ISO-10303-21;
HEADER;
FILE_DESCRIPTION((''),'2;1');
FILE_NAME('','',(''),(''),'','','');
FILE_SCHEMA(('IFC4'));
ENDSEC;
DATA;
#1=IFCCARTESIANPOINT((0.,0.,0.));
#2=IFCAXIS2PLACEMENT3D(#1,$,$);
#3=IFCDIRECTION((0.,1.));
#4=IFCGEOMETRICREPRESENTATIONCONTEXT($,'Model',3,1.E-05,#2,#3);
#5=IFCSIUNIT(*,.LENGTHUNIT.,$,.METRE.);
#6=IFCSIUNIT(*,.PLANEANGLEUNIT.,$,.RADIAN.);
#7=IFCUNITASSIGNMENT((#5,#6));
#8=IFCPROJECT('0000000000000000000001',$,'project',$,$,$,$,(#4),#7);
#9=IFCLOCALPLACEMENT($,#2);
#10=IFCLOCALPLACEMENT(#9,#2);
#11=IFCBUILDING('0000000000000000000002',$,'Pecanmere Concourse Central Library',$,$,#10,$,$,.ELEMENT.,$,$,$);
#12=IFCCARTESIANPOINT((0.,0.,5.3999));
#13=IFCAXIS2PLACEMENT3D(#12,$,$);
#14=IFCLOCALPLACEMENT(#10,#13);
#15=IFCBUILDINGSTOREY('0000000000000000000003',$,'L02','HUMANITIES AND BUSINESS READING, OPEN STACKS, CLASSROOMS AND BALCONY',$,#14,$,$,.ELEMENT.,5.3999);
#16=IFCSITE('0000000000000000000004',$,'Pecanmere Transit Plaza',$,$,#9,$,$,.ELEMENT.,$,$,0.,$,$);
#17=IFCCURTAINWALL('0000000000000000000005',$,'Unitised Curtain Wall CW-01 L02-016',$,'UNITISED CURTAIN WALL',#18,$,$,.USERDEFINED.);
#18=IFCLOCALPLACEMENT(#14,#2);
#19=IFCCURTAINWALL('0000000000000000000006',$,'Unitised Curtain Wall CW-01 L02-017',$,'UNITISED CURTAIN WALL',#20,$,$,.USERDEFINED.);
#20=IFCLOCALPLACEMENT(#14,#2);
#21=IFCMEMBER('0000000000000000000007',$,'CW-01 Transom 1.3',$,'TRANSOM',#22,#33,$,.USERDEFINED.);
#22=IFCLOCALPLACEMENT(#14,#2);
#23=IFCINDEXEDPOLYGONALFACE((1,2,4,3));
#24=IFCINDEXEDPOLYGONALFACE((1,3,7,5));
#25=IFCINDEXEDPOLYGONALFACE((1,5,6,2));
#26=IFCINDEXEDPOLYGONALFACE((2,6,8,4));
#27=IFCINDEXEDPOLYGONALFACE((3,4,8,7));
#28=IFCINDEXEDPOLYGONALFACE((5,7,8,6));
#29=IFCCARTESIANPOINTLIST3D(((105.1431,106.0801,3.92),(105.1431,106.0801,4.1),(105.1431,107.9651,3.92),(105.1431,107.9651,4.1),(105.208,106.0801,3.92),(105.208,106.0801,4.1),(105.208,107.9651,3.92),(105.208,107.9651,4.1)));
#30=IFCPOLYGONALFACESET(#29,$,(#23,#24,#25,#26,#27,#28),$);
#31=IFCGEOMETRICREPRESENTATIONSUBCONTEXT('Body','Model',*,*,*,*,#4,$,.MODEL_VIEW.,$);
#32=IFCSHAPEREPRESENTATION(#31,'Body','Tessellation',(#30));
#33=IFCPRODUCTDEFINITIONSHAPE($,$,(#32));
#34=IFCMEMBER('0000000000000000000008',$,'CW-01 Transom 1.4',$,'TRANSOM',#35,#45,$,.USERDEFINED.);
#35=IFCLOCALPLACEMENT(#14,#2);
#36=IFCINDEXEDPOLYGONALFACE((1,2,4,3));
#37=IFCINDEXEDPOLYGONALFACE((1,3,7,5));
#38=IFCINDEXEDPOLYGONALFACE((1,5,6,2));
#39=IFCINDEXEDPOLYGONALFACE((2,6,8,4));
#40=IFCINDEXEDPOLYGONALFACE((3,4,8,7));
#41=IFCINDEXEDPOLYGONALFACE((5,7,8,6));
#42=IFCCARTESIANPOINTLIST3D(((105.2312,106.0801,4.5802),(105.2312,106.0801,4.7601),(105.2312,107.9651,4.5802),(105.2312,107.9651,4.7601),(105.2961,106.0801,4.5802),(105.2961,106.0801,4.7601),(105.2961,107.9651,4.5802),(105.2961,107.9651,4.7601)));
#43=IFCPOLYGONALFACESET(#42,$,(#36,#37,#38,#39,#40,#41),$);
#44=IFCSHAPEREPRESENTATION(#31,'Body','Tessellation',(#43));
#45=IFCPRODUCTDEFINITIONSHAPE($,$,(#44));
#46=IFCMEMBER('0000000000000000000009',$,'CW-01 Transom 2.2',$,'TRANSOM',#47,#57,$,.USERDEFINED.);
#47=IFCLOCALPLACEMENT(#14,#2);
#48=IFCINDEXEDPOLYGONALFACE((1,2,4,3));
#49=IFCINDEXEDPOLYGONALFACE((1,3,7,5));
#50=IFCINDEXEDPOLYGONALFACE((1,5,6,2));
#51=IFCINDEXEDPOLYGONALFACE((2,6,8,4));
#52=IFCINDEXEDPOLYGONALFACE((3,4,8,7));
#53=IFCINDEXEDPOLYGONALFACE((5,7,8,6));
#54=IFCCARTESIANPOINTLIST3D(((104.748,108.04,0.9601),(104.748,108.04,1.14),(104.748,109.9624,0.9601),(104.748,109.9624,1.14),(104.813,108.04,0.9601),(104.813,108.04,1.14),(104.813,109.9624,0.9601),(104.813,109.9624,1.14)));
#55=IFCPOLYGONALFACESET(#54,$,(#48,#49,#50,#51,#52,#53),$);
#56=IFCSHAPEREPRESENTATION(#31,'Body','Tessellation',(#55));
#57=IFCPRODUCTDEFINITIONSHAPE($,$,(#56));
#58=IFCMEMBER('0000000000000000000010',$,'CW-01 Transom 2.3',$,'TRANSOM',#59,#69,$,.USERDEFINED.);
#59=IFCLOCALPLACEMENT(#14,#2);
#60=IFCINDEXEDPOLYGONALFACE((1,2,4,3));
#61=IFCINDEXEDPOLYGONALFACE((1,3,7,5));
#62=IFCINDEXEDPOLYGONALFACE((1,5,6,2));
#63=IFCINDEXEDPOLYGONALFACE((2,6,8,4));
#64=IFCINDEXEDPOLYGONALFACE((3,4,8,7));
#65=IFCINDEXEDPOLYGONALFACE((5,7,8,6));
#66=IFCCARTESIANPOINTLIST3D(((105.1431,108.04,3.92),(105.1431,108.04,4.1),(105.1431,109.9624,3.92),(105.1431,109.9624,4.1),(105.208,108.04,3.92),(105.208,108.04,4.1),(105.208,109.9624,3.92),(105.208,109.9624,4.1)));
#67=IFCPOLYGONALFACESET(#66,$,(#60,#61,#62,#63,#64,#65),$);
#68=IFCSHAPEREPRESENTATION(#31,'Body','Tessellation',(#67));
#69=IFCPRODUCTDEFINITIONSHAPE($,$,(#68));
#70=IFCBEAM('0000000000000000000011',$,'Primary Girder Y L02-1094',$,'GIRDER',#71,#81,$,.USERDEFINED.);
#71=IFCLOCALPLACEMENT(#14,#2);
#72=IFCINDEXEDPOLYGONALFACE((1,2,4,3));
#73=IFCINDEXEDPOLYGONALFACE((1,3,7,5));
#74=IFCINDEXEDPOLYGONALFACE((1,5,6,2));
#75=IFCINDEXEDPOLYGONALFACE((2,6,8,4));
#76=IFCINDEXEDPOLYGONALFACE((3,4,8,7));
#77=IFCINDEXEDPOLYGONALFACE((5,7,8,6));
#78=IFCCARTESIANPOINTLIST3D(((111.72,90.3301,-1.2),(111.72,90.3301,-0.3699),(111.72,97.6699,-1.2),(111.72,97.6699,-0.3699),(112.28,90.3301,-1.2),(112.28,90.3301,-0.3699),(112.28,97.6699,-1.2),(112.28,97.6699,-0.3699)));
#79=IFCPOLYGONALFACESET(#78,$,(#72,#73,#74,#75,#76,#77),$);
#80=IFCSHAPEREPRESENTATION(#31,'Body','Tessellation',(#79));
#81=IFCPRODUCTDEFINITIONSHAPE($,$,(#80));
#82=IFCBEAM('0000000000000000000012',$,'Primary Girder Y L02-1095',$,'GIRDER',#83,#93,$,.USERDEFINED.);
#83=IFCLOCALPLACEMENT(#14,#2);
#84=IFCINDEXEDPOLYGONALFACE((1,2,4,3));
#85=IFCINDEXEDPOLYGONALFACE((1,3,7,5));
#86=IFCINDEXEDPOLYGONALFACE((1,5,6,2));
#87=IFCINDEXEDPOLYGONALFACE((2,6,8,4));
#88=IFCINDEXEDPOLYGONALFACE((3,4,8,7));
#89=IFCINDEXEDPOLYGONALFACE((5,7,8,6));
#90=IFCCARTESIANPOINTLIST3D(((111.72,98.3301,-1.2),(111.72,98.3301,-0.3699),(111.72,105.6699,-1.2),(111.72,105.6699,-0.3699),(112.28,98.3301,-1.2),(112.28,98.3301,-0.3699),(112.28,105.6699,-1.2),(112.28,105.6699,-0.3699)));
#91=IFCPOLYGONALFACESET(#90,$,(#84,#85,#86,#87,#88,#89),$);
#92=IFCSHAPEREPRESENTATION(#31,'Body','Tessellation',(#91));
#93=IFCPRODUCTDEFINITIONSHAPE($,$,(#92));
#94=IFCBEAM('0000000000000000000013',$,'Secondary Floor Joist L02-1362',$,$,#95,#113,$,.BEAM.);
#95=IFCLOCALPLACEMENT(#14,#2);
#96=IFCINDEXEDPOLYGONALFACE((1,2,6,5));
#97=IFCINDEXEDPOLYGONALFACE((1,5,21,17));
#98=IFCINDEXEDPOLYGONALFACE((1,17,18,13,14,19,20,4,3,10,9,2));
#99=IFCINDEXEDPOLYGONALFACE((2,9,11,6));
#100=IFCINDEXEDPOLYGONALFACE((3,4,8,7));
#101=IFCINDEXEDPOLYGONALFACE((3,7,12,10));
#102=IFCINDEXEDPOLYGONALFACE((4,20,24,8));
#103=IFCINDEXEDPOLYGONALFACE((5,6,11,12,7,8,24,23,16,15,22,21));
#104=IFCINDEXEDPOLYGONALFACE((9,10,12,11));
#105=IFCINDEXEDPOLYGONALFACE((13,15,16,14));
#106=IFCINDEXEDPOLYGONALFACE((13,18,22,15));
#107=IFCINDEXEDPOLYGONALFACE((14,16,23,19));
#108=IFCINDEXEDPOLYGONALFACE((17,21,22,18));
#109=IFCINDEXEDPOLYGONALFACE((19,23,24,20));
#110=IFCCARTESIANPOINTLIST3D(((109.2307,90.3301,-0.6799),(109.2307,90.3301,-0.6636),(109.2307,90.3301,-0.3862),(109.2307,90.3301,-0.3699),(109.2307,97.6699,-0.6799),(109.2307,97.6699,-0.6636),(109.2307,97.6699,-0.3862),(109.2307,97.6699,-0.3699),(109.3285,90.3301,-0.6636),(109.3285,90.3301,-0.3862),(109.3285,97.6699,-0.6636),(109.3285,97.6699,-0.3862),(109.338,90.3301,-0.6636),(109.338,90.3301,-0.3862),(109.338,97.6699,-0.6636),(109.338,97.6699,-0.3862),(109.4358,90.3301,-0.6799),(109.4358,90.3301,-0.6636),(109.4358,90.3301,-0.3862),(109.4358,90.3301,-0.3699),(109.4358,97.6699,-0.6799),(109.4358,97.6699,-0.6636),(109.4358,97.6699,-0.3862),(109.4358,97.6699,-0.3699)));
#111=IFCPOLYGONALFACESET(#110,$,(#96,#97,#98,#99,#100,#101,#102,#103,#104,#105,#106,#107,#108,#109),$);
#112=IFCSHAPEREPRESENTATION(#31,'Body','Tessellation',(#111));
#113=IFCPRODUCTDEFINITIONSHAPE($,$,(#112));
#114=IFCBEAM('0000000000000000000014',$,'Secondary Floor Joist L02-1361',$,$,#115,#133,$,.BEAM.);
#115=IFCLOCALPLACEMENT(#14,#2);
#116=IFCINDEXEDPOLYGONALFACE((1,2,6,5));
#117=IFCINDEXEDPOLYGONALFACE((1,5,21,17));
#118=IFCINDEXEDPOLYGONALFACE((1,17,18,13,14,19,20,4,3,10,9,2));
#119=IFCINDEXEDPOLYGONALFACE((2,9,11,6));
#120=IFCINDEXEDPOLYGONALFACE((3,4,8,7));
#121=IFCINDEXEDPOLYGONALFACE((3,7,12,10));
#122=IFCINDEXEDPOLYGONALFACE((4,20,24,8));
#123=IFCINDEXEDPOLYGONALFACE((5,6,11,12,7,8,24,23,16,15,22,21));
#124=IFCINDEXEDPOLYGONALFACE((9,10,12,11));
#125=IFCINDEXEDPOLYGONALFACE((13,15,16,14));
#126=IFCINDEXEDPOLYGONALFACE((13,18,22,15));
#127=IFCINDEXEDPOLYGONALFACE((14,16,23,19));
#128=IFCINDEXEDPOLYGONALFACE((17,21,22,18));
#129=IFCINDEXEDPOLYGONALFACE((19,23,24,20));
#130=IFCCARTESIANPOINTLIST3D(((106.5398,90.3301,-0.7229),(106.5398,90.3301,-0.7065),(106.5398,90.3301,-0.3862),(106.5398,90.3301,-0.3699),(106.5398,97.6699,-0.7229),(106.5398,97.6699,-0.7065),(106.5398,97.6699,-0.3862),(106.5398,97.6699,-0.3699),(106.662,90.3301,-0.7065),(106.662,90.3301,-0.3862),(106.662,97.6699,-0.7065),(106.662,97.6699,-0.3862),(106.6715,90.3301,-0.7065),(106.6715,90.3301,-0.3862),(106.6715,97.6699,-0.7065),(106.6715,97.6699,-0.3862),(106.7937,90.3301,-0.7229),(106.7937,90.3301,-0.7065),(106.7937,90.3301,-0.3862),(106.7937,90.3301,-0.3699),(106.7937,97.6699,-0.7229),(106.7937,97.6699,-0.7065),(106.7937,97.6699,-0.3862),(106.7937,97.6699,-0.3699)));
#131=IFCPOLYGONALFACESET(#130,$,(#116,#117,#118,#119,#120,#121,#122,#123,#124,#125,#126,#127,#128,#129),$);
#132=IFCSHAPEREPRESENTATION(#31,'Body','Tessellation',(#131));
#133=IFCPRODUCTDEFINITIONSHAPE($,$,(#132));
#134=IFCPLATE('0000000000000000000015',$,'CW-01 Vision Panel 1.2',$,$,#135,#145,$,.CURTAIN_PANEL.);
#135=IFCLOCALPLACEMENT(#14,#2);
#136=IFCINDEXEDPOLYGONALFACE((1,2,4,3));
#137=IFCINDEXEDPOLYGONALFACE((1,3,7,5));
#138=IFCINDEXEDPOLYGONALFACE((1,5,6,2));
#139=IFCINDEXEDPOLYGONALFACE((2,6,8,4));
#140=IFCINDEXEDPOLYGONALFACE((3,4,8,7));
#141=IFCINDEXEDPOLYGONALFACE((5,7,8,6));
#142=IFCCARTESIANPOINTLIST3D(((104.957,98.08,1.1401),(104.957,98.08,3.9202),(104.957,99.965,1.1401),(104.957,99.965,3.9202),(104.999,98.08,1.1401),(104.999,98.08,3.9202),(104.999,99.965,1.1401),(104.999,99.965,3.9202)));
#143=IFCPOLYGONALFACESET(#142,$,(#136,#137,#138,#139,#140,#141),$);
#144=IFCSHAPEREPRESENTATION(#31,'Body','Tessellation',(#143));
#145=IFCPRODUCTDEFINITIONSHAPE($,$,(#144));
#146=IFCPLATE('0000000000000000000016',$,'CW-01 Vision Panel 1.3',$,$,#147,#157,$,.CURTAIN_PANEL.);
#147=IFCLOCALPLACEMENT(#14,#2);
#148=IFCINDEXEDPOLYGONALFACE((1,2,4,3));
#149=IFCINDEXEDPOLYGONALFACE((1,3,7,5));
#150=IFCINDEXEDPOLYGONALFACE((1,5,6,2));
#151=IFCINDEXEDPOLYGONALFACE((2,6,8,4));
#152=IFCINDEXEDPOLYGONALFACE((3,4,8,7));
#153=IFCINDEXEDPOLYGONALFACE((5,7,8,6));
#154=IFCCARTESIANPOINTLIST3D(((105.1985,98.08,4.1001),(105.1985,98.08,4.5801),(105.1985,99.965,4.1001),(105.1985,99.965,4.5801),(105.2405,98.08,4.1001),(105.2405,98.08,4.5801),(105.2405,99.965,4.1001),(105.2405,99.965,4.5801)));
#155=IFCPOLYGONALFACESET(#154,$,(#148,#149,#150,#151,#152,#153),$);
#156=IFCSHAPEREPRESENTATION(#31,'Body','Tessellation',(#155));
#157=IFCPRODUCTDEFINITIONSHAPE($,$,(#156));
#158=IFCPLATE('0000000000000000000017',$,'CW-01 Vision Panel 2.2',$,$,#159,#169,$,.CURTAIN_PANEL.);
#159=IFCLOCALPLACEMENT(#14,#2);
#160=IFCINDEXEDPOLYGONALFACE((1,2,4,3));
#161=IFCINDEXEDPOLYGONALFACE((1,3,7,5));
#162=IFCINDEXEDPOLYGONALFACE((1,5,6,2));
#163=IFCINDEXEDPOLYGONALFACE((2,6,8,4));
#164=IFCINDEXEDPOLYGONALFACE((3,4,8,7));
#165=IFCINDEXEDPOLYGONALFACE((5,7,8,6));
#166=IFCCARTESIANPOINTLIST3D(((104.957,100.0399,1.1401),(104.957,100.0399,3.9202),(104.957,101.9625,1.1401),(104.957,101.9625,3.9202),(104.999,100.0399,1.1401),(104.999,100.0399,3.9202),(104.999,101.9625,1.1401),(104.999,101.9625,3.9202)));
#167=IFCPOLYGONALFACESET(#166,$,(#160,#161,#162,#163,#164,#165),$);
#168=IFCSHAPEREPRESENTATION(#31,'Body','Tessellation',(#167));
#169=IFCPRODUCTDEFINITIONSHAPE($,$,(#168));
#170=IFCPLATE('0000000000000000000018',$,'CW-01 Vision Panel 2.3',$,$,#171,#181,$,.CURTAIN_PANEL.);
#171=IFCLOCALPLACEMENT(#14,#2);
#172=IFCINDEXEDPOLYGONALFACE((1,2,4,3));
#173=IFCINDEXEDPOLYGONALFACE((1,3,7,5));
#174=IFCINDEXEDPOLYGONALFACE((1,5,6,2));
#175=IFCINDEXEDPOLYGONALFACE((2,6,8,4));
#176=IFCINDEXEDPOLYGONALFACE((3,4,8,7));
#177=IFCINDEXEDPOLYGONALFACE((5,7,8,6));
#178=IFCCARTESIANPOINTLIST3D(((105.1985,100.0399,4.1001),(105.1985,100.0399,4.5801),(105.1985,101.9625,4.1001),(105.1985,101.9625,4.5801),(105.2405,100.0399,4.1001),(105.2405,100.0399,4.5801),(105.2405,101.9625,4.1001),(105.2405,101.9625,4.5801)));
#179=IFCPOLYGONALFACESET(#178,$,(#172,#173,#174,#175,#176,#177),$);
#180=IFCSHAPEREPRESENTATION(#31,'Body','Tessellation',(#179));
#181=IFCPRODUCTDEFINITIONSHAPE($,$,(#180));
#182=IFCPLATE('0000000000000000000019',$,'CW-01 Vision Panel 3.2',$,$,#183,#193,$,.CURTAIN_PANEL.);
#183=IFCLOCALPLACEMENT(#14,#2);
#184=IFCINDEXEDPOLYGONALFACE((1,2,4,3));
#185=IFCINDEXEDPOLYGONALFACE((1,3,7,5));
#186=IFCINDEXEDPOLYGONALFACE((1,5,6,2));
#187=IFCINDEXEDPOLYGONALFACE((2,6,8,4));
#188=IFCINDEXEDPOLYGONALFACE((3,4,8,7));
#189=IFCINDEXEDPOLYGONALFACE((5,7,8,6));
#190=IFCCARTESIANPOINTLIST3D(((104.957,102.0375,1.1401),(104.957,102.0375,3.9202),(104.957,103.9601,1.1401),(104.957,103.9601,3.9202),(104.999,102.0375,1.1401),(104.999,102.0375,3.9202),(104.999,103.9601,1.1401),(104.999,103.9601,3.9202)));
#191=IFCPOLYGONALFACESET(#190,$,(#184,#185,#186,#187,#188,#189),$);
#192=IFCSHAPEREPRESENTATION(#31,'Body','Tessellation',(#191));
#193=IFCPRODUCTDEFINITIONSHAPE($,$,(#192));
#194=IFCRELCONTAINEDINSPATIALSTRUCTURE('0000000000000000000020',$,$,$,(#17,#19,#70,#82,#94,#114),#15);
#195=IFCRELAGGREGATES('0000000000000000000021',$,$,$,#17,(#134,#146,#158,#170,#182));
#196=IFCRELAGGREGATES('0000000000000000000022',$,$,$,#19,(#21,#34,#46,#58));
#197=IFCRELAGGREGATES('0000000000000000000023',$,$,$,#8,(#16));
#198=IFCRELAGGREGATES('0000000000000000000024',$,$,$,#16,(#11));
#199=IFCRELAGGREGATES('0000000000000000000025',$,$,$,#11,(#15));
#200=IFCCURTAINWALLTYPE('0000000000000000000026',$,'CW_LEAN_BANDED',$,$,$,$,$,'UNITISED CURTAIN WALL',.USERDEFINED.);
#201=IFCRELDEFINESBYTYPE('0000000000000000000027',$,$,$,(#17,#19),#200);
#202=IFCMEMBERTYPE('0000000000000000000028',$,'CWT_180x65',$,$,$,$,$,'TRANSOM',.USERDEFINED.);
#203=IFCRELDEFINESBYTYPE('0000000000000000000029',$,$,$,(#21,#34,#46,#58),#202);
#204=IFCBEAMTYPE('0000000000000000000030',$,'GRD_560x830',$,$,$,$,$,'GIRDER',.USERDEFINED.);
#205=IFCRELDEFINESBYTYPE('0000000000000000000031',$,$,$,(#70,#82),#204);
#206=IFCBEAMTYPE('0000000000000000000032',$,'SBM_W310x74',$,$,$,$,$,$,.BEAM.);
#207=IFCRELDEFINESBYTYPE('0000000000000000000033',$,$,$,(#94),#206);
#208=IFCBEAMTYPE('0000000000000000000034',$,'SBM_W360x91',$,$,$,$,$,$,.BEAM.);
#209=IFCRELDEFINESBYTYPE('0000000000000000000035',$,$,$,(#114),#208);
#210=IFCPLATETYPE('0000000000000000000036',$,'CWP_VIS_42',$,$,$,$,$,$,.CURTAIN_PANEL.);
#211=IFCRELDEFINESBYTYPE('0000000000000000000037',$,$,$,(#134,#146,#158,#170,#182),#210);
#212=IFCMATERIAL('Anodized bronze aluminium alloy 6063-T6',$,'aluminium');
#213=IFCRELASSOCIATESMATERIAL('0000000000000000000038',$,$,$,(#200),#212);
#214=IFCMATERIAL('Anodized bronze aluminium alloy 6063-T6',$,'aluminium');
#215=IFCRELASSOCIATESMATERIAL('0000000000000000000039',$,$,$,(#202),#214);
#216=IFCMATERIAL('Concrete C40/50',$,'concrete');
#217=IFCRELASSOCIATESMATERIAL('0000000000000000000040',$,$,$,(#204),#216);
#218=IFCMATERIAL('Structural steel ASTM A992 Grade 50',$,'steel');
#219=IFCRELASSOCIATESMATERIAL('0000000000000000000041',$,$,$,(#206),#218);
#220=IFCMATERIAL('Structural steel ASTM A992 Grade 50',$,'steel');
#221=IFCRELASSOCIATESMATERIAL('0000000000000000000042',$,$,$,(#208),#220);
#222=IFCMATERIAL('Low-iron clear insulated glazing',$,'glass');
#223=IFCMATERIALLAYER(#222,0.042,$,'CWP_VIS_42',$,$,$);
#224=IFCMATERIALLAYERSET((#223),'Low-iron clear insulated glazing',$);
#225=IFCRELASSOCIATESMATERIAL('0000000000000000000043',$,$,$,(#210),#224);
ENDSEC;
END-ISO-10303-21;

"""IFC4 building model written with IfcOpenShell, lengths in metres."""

from ifc_helpers import new_model, si_unit, direction, frame, origin, origin_2d, place, context, subcontext, project, spatial, rectangle, i_section, extrude, material, layer, layer_set, material_profile, profile_set, type_object, element, aggregate, save


model = new_model("IFC4")

# Units and contexts
model_context = context("Model", 3, precision=1e-05, world=origin(), true_north=direction((0.0, 1.0)))
body_context = subcontext(model_context, "Body", "Model", "MODEL_VIEW")
ifc_project = project(units=[si_unit("LENGTHUNIT", "METRE"), si_unit("PLANEANGLEUNIT", "RADIAN")], contexts=[model_context])

# Site, building, storey
site_placement = place(None, origin())
site = spatial("IfcSite", under=ifc_project, at=site_placement, Name="Pecanmere Transit Plaza", CompositionType="ELEMENT", RefElevation=0.0)
building_placement = place(site_placement, origin())
building = spatial("IfcBuilding", under=site, at=building_placement, Name="Pecanmere Concourse Central Library", CompositionType="ELEMENT")
storey_placement = place(building_placement, frame((0.0, 0.0, 5.3999)))
storey = spatial("IfcBuildingStorey", under=building, at=storey_placement, Name="L02", Description="HUMANITIES AND BUSINESS READING, OPEN STACKS, CLASSROOMS AND BALCONY", CompositionType="ELEMENT", Elevation=5.3999)

# Curtain walls, members
ifc_material_1 = material(Name="Anodized bronze aluminium alloy 6063-T6", Category="aluminium")
curtain_wall_type = type_object("IfcCurtainWallType", Name="CW_LEAN_BANDED", ElementType="UNITISED CURTAIN WALL", PredefinedType="USERDEFINED", material=ifc_material_1)
curtain_wall_1_placement = place(storey_placement, origin())
curtain_wall_1 = element("IfcCurtainWall", 1, at=curtain_wall_1_placement, inside=storey, type_object=curtain_wall_type, Name="Unitised Curtain Wall CW-01 L02-016", ObjectType="UNITISED CURTAIN WALL", PredefinedType="USERDEFINED")
ifc_material_2 = material(Name="Anodized bronze aluminium alloy 6063-T6", Category="aluminium")
ifc_material_profile_1 = material_profile(ifc_material_2, rectangle(XDim=0.0649, YDim=0.1799, at=origin_2d()), Name="AL 65x180")
ifc_profile_set_1 = profile_set([ifc_material_profile_1], Name="Anodized bronze aluminium alloy 6063-T6")
member_type = type_object("IfcMemberType", Name="CWT_180x65", ElementType="TRANSOM", PredefinedType="USERDEFINED", material=ifc_profile_set_1)
curtain_wall_2_placement = place(storey_placement, origin())
curtain_wall_2 = element("IfcCurtainWall", 2, at=curtain_wall_2_placement, inside=storey, type_object=curtain_wall_type, Name="Unitised Curtain Wall CW-01 L02-017", ObjectType="UNITISED CURTAIN WALL", PredefinedType="USERDEFINED")
member_1_placement = place(storey_placement, frame((105.1755, 106.0801, 4.01), z_axis=(0.0, 1.0, 0.0), x_axis=(-1.0, 0.0, 0.0)))
member_1 = element("IfcMember", 3, at=member_1_placement, type_object=member_type, Name="CW-01 Transom 1.3", ObjectType="TRANSOM", PredefinedType="USERDEFINED", context=body_context, shape_type="SweptSolid", body=[
    extrude(rectangle(XDim=0.0649, YDim=0.1799, at=origin_2d()), origin(), (0.0, 0.0, 1.0), 1.885),
])
member_2_placement = place(storey_placement, frame((105.2637, 106.0801, 4.6702), z_axis=(0.0, 1.0, 0.0), x_axis=(-1.0, 0.0, 0.0)))
member_2 = element("IfcMember", 4, at=member_2_placement, type_object=member_type, Name="CW-01 Transom 1.4", ObjectType="TRANSOM", PredefinedType="USERDEFINED", context=body_context, shape_type="SweptSolid", body=[
    extrude(rectangle(XDim=0.0649, YDim=0.1799, at=origin_2d()), origin(), (0.0, 0.0, 1.0), 1.885),
])
member_3_placement = place(storey_placement, frame((104.7805, 108.04, 1.05), z_axis=(0.0, 1.0, 0.0), x_axis=(-1.0, 0.0, 0.0)))
member_3 = element("IfcMember", 5, at=member_3_placement, type_object=member_type, Name="CW-01 Transom 2.2", ObjectType="TRANSOM", PredefinedType="USERDEFINED", context=body_context, shape_type="SweptSolid", body=[
    extrude(rectangle(XDim=0.0649, YDim=0.1799, at=origin_2d()), origin(), (0.0, 0.0, 1.0), 1.9224),
])
member_4_placement = place(storey_placement, frame((105.1755, 108.04, 4.01), z_axis=(0.0, 1.0, 0.0), x_axis=(-1.0, 0.0, 0.0)))
member_4 = element("IfcMember", 6, at=member_4_placement, type_object=member_type, Name="CW-01 Transom 2.3", ObjectType="TRANSOM", PredefinedType="USERDEFINED", context=body_context, shape_type="SweptSolid", body=[
    extrude(rectangle(XDim=0.0649, YDim=0.1799, at=origin_2d()), origin(), (0.0, 0.0, 1.0), 1.9224),
])

# Beams
ifc_material_3 = material(Name="Concrete C40/50", Category="concrete")
ifc_material_profile_2 = material_profile(ifc_material_3, rectangle(XDim=0.5601, YDim=0.8301, at=origin_2d()), Name="RC 560x830")
ifc_profile_set_2 = profile_set([ifc_material_profile_2], Name="Concrete C40/50")
beam_type_1 = type_object("IfcBeamType", Name="GRD_560x830", ElementType="GIRDER", PredefinedType="USERDEFINED", material=ifc_profile_set_2)
for number, where, z_axis, x_axis, name in (
    (7, (112.0, 90.3301, -0.7849), (0.0, 1.0, 0.0), (-1.0, 0.0, 0.0), "Primary Girder Y L02-1094"),
    (8, (112.0, 98.3301, -0.7849), (0.0, 1.0, 0.0), (-1.0, 0.0, 0.0), "Primary Girder Y L02-1095"),
):
    element("IfcBeam", number, at=place(storey_placement, frame(where, z_axis=z_axis, x_axis=x_axis)), inside=storey, type_object=beam_type_1, Name=name, ObjectType="GIRDER", PredefinedType="USERDEFINED", context=body_context, shape_type="SweptSolid", body=[
        extrude(rectangle(XDim=0.5601, YDim=0.8301, at=origin_2d()), origin(), (0.0, 0.0, 1.0), 7.3398),
    ])
ifc_material_4 = material(Name="Structural steel ASTM A992 Grade 50", Category="steel")
ifc_material_profile_3 = material_profile(ifc_material_4, i_section(OverallWidth=0.2051, OverallDepth=0.3101, WebThickness=0.0095, FlangeThickness=0.0164, at=origin_2d()), Name="W310x74")
ifc_profile_set_3 = profile_set([ifc_material_profile_3], Name="Structural steel ASTM A992 Grade 50")
beam_type_2 = type_object("IfcBeamType", Name="SBM_W310x74", PredefinedType="BEAM", material=ifc_profile_set_3)
beam_1_placement = place(storey_placement, frame((109.3333, 90.3301, -0.5249), z_axis=(0.0, 1.0, 0.0), x_axis=(-1.0, 0.0, 0.0)))
element("IfcBeam", 9, at=beam_1_placement, inside=storey, type_object=beam_type_2, Name="Secondary Floor Joist L02-1362", PredefinedType="BEAM", context=body_context, shape_type="SweptSolid", body=[
    extrude(i_section(OverallWidth=0.2051, OverallDepth=0.3101, WebThickness=0.0095, FlangeThickness=0.0164, at=origin_2d()), origin(), (0.0, 0.0, 1.0), 7.3398),
])
ifc_material_5 = material(Name="Structural steel ASTM A992 Grade 50", Category="steel")
ifc_material_profile_4 = material_profile(ifc_material_5, i_section(OverallWidth=0.2539, OverallDepth=0.353, WebThickness=0.0095, FlangeThickness=0.0164, at=origin_2d()), Name="W360x91")
ifc_profile_set_4 = profile_set([ifc_material_profile_4], Name="Structural steel ASTM A992 Grade 50")
beam_type_3 = type_object("IfcBeamType", Name="SBM_W360x91", PredefinedType="BEAM", material=ifc_profile_set_4)
beam_2_placement = place(storey_placement, frame((106.6667, 90.3301, -0.5464), z_axis=(0.0, 1.0, 0.0), x_axis=(-1.0, 0.0, 0.0)))
element("IfcBeam", 10, at=beam_2_placement, inside=storey, type_object=beam_type_3, Name="Secondary Floor Joist L02-1361", PredefinedType="BEAM", context=body_context, shape_type="SweptSolid", body=[
    extrude(i_section(OverallWidth=0.2539, OverallDepth=0.353, WebThickness=0.0095, FlangeThickness=0.0164, at=origin_2d()), origin(), (0.0, 0.0, 1.0), 7.3398),
])

# Plates
ifc_material_6 = material(Name="Low-iron clear insulated glazing", Category="glass")
ifc_layer = layer(ifc_material_6, 0.042, Name="CWP_VIS_42")
ifc_layer_set = layer_set([ifc_layer], Name="Low-iron clear insulated glazing")
plate_type = type_object("IfcPlateType", Name="CWP_VIS_42", PredefinedType="CURTAIN_PANEL", material=ifc_layer_set)
plate_1_placement = place(storey_placement, frame((104.978, 99.0225, 1.1401), z_axis=(0.0, 0.0, 1.0), x_axis=(0.0, 1.0, 0.0)))
plate_1 = element("IfcPlate", 11, at=plate_1_placement, type_object=plate_type, Name="CW-01 Vision Panel 1.2", PredefinedType="CURTAIN_PANEL", context=body_context, shape_type="SweptSolid", body=[
    extrude(rectangle(XDim=1.885, YDim=0.042, at=origin_2d()), origin(), (0.0, 0.0, 1.0), 2.78),
])
plate_2_placement = place(storey_placement, frame((105.2195, 99.0225, 4.1001), z_axis=(0.0, 0.0, 1.0), x_axis=(0.0, 1.0, 0.0)))
plate_2 = element("IfcPlate", 12, at=plate_2_placement, type_object=plate_type, Name="CW-01 Vision Panel 1.3", PredefinedType="CURTAIN_PANEL", context=body_context, shape_type="SweptSolid", body=[
    extrude(rectangle(XDim=1.885, YDim=0.042, at=origin_2d()), origin(), (0.0, 0.0, 1.0), 0.48),
])
plate_3_placement = place(storey_placement, frame((104.978, 101.0012, 1.1401), z_axis=(0.0, 0.0, 1.0), x_axis=(0.0, 1.0, 0.0)))
plate_3 = element("IfcPlate", 13, at=plate_3_placement, type_object=plate_type, Name="CW-01 Vision Panel 2.2", PredefinedType="CURTAIN_PANEL", context=body_context, shape_type="SweptSolid", body=[
    extrude(rectangle(XDim=1.9226, YDim=0.042, at=origin_2d()), origin(), (0.0, 0.0, 1.0), 2.78),
])
plate_4_placement = place(storey_placement, frame((105.2195, 101.0012, 4.1001), z_axis=(0.0, 0.0, 1.0), x_axis=(0.0, 1.0, 0.0)))
plate_4 = element("IfcPlate", 14, at=plate_4_placement, type_object=plate_type, Name="CW-01 Vision Panel 2.3", PredefinedType="CURTAIN_PANEL", context=body_context, shape_type="SweptSolid", body=[
    extrude(rectangle(XDim=1.9226, YDim=0.042, at=origin_2d()), origin(), (0.0, 0.0, 1.0), 0.48),
])
plate_5_placement = place(storey_placement, frame((104.978, 102.9988, 1.1401), z_axis=(0.0, 0.0, 1.0), x_axis=(0.0, 1.0, 0.0)))
plate_5 = element("IfcPlate", 15, at=plate_5_placement, type_object=plate_type, Name="CW-01 Vision Panel 3.2", PredefinedType="CURTAIN_PANEL", context=body_context, shape_type="SweptSolid", body=[
    extrude(rectangle(XDim=1.9226, YDim=0.042, at=origin_2d()), origin(), (0.0, 0.0, 1.0), 2.78),
])
aggregate(curtain_wall_1, [plate_1, plate_2, plate_3, plate_4, plate_5])
aggregate(curtain_wall_2, [member_1, member_2, member_3, member_4])

save(model, "model.ifc")
